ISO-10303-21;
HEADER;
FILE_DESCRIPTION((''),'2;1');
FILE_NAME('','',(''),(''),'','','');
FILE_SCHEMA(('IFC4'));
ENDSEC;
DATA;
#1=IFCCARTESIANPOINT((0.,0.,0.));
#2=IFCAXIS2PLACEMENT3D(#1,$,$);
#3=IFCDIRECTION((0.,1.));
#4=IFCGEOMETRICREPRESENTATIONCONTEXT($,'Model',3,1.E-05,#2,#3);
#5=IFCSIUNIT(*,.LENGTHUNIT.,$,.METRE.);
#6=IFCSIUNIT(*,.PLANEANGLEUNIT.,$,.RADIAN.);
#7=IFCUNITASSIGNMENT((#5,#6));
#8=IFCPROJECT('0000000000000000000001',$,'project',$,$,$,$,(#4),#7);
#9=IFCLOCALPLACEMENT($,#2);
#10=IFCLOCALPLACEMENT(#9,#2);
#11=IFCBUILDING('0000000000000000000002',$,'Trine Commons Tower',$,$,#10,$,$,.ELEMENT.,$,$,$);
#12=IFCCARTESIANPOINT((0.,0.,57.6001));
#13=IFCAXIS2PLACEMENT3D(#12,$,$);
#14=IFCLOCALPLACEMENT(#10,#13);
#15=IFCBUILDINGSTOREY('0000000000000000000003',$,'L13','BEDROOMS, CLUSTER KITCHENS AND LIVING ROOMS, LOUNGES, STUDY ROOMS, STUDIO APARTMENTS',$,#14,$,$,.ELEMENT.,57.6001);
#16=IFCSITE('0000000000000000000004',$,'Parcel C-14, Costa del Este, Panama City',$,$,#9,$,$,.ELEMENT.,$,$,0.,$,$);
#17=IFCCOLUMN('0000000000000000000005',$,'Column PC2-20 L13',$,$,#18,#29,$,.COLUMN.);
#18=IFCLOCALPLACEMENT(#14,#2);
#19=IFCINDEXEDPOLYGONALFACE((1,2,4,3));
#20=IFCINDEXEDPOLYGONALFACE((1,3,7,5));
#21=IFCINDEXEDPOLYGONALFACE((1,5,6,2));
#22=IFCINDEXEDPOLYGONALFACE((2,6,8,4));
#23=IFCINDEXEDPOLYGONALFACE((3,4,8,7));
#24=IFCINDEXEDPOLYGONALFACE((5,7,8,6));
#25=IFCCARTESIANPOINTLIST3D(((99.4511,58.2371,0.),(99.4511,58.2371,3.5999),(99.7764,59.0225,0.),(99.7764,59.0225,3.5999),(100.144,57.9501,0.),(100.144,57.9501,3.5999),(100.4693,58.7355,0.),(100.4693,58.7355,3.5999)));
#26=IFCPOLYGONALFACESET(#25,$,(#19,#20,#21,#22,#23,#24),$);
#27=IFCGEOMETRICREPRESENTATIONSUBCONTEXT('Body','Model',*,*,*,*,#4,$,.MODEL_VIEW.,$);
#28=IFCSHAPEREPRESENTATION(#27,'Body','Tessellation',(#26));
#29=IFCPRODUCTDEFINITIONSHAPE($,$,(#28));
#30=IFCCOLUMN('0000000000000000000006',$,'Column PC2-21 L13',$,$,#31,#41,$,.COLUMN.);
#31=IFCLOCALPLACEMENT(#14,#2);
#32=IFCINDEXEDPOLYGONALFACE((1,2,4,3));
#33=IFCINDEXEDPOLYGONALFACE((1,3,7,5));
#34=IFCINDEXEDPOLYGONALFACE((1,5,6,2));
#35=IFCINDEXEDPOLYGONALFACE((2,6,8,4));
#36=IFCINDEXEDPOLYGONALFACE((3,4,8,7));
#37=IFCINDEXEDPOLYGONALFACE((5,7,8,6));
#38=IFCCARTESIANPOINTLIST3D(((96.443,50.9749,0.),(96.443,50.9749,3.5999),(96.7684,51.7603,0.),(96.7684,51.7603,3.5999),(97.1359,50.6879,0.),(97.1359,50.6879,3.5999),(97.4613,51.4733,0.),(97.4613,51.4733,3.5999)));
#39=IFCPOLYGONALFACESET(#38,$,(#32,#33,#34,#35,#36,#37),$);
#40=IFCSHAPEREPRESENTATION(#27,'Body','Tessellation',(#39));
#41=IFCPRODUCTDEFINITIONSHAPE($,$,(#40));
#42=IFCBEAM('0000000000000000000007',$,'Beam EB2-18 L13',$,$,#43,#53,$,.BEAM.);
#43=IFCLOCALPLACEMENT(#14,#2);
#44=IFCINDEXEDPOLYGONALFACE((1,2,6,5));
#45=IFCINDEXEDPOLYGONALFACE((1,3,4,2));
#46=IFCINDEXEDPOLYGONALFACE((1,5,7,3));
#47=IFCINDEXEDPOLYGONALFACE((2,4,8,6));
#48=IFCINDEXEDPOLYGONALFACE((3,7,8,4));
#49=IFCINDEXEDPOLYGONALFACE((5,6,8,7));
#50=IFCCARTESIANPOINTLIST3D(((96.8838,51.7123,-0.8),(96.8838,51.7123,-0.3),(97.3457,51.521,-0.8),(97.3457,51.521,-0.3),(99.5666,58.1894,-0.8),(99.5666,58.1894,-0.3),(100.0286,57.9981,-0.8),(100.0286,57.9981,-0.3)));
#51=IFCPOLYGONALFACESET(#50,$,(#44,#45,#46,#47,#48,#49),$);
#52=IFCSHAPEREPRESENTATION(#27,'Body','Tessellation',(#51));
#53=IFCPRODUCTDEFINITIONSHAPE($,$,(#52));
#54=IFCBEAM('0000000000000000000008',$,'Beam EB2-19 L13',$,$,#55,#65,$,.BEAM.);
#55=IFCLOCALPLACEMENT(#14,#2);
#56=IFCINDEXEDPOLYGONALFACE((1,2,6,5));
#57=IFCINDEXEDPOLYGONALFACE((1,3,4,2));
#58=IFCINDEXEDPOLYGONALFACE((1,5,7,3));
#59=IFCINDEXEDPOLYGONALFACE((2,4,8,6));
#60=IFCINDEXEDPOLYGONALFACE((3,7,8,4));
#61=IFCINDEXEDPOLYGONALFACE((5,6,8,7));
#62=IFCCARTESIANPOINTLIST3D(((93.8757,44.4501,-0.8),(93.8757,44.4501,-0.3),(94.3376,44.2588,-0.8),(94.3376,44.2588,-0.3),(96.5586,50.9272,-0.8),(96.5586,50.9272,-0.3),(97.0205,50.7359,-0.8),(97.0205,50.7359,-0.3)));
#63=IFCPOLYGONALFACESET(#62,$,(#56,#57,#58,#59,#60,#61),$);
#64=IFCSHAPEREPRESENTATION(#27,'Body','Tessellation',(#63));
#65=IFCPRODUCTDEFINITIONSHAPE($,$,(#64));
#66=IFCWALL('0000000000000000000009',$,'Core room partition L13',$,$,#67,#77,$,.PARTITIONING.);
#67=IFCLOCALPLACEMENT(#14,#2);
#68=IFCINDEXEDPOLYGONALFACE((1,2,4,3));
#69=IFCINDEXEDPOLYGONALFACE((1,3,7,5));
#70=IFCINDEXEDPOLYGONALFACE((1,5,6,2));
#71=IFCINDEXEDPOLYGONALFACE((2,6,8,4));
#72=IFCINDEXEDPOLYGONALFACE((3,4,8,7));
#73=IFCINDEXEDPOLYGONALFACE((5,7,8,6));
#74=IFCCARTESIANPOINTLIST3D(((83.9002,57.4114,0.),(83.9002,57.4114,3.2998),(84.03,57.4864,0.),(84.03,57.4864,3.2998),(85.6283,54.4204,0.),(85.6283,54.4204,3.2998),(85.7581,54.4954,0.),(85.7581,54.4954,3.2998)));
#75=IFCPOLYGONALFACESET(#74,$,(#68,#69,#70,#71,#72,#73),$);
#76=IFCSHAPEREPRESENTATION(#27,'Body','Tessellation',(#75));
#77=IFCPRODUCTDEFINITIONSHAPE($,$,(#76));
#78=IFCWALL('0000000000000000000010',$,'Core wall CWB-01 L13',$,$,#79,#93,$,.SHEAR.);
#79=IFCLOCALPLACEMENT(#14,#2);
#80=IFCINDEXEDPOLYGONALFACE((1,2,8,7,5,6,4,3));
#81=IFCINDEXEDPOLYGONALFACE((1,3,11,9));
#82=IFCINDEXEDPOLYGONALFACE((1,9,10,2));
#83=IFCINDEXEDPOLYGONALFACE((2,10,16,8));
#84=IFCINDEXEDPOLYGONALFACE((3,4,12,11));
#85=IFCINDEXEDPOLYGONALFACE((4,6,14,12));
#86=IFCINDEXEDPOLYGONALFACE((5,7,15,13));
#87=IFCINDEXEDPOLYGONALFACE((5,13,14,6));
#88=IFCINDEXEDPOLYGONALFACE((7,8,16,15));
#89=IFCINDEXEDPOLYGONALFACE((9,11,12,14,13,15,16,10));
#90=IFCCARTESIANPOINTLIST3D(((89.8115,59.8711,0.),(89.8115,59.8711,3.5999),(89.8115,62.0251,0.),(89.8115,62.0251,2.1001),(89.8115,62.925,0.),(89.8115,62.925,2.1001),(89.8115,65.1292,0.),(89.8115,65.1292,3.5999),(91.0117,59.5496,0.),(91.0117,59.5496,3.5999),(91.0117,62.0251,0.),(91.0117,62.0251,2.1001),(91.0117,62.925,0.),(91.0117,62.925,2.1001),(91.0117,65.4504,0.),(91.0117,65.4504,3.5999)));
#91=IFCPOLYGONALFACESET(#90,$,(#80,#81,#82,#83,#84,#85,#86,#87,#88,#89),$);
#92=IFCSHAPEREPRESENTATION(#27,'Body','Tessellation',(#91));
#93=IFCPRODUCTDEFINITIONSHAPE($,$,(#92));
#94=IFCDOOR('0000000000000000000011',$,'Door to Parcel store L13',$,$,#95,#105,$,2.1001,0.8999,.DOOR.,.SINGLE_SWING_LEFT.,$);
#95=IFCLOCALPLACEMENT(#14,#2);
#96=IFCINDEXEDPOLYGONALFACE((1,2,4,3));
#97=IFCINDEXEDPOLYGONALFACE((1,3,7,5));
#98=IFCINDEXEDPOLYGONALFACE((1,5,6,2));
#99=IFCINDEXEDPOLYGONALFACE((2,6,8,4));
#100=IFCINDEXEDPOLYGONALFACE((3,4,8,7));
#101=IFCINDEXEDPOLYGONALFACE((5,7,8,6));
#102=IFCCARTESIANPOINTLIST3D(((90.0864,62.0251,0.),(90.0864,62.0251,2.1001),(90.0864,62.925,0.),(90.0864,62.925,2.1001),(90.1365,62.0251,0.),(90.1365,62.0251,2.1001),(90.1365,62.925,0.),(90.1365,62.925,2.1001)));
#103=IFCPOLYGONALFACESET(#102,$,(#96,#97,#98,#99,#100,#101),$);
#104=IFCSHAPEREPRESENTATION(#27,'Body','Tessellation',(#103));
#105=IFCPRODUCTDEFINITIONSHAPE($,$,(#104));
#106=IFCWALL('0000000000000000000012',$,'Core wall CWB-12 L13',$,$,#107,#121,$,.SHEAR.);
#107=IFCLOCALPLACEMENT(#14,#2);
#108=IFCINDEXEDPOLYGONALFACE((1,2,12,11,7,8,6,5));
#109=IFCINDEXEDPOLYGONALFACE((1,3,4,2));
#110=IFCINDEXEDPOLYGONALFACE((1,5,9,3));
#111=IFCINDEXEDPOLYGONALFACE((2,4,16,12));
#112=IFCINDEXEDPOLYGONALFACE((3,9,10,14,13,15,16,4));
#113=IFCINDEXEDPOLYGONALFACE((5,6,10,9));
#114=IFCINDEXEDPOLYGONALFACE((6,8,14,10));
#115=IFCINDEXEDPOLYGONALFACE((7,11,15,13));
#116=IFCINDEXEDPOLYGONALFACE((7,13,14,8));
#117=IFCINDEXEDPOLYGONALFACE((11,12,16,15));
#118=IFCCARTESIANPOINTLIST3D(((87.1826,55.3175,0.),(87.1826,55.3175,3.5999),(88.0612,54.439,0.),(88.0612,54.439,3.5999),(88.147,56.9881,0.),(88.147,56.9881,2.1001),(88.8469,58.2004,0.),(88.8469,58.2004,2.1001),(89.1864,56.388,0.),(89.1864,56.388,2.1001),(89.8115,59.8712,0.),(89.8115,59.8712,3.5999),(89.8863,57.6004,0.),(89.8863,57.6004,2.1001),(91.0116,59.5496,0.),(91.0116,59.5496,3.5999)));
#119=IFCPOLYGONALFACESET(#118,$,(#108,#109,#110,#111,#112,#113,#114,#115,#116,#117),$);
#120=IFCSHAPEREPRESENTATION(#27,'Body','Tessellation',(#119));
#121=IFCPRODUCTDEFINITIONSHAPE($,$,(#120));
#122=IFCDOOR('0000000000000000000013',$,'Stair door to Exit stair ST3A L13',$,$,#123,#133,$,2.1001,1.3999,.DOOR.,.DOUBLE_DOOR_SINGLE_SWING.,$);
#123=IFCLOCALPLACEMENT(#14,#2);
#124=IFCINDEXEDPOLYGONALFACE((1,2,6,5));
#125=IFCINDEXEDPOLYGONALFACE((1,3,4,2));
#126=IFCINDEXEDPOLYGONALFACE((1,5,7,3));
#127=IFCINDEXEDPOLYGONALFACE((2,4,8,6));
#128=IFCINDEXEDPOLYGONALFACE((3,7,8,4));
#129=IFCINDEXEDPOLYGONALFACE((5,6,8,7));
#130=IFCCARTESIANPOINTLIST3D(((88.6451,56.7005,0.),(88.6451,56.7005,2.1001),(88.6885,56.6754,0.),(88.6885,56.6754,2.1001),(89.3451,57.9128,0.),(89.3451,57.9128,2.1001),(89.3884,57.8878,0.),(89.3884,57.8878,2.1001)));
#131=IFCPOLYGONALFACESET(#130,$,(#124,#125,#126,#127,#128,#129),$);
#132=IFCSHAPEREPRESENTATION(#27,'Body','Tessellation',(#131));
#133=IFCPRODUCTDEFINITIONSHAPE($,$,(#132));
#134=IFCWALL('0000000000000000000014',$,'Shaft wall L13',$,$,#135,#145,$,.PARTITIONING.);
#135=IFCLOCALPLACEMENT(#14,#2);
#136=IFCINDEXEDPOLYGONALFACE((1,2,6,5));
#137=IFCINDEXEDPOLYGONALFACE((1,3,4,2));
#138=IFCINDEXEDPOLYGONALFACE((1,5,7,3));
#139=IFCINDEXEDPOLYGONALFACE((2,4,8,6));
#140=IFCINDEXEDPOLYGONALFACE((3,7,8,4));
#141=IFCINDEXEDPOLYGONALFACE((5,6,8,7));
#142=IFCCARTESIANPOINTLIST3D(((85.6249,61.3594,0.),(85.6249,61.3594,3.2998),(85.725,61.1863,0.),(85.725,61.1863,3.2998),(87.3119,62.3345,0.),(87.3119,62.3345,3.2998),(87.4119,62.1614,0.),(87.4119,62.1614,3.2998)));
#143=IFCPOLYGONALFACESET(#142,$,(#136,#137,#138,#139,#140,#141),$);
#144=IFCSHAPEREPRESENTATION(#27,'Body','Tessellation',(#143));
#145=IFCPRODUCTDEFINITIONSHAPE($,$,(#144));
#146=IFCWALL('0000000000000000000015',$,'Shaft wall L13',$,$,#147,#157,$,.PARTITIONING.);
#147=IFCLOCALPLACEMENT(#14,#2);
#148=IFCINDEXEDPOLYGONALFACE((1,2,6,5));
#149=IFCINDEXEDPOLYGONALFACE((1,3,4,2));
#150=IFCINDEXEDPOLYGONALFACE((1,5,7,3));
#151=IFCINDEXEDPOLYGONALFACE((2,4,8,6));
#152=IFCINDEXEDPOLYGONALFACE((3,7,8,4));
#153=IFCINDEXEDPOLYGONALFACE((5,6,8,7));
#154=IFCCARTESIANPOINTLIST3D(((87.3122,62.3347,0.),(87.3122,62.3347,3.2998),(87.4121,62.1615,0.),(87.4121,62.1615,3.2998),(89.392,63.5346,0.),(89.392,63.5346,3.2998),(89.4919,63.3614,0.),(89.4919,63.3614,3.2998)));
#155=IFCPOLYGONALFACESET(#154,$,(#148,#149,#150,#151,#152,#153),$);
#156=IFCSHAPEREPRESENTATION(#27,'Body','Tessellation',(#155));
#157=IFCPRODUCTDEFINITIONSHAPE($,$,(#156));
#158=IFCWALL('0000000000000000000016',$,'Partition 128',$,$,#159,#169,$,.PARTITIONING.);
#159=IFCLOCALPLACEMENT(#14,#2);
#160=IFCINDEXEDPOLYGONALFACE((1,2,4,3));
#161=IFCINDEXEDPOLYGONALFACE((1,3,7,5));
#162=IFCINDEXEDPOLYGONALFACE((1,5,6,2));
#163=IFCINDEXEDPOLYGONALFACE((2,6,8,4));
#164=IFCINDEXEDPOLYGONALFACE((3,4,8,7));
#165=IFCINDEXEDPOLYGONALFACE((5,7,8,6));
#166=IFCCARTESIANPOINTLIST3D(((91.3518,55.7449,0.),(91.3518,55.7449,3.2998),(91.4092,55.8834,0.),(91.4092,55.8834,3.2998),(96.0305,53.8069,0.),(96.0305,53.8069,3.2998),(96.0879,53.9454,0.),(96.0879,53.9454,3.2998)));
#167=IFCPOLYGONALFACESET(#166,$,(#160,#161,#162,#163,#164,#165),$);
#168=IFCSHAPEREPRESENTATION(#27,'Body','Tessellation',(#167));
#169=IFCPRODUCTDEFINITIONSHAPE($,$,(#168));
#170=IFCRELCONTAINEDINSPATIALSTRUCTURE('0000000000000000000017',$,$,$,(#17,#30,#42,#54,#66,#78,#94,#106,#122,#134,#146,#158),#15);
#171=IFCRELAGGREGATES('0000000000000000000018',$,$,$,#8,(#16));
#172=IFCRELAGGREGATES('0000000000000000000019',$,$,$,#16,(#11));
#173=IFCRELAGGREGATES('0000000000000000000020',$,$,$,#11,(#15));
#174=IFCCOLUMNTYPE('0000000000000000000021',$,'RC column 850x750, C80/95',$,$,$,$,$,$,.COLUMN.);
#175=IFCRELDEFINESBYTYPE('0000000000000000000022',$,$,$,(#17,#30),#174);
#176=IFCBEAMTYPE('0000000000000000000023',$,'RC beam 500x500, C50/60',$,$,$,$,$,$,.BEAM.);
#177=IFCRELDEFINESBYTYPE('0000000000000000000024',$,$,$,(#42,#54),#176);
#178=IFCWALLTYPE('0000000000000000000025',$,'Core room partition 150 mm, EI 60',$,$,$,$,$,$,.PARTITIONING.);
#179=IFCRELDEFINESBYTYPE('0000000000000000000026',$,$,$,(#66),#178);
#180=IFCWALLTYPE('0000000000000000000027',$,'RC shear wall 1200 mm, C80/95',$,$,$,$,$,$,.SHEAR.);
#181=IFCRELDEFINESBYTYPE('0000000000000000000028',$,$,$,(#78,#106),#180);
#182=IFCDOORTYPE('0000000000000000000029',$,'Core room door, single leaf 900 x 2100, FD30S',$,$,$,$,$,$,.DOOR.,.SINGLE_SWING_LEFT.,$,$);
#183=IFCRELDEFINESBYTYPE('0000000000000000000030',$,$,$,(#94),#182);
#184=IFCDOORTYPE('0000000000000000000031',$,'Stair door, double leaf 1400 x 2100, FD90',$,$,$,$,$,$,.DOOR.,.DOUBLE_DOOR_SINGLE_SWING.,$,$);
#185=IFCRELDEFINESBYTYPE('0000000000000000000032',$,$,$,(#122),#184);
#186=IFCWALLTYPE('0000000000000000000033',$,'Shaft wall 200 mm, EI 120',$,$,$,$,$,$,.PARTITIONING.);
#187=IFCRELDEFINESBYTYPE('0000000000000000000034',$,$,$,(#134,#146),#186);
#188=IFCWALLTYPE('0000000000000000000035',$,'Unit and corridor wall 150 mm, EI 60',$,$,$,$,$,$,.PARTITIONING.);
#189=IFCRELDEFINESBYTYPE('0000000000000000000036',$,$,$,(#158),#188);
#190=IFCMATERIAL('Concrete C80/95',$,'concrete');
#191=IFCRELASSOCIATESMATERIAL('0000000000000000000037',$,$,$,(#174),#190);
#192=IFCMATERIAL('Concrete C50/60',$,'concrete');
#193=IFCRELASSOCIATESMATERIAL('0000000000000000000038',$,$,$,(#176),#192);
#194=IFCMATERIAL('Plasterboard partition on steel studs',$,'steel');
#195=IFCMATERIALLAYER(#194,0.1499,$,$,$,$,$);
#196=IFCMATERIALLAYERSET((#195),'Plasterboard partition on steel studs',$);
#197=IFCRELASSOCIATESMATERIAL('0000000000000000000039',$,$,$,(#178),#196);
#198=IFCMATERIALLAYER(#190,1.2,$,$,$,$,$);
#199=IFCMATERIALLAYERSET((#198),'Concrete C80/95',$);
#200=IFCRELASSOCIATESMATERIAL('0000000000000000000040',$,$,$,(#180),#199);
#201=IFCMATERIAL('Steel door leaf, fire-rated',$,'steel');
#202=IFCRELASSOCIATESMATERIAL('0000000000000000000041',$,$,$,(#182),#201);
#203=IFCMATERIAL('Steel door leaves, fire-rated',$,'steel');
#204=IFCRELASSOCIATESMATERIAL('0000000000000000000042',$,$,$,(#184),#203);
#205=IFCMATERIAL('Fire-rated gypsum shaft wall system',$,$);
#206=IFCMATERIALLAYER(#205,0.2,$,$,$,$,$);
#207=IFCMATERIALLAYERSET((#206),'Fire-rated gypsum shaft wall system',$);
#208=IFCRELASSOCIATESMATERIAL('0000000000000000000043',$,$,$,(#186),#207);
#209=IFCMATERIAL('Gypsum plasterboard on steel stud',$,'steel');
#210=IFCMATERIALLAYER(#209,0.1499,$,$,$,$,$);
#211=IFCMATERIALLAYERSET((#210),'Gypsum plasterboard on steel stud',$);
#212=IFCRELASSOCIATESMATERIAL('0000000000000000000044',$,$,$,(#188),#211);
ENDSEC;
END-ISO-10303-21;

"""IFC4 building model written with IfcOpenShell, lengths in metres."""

from ifc_helpers import new_model, si_unit, direction, frame, frame_2d, origin, origin_2d, place, context, subcontext, project, spatial, polyline, rectangle, outline, extrude, material, layer, layer_set, material_profile, profile_set, type_object, element, fill, save


model = new_model("IFC4")

# Units and contexts
model_context = context("Model", 3, precision=1e-05, world=origin(), true_north=direction((0.0, 1.0)))
body_context = subcontext(model_context, "Body", "Model", "MODEL_VIEW")
ifc_project = project(units=[si_unit("LENGTHUNIT", "METRE"), si_unit("PLANEANGLEUNIT", "RADIAN")], contexts=[model_context])

# Site, building, storey
site_placement = place(None, origin())
site = spatial("IfcSite", under=ifc_project, at=site_placement, Name="Parcel C-14, Costa del Este, Panama City", CompositionType="ELEMENT", RefElevation=0.0)
building_placement = place(site_placement, origin())
building = spatial("IfcBuilding", under=site, at=building_placement, Name="Trine Commons Tower", CompositionType="ELEMENT")
storey_placement = place(building_placement, frame((0.0, 0.0, 57.6001)))
storey = spatial("IfcBuildingStorey", under=building, at=storey_placement, Name="L13", Description="BEDROOMS, CLUSTER KITCHENS AND LIVING ROOMS, LOUNGES, STUDY ROOMS, STUDIO APARTMENTS", CompositionType="ELEMENT", Elevation=57.6001)

# Columns
ifc_material_1 = material(Name="Concrete C80/95", Category="concrete")
ifc_material_profile_1 = material_profile(ifc_material_1, rectangle(XDim=0.8501, YDim=0.75, at=origin_2d()), Name="RC 850x750")
ifc_profile_set_1 = profile_set([ifc_material_profile_1], Name="Concrete C80/95")
column_type = type_object("IfcColumnType", Name="RC column 850x750, C80/95", PredefinedType="COLUMN", material=ifc_profile_set_1)
for number, where, z_axis, x_axis, name in (
    (1, (99.9602, 58.4863, 0.0), (0.0, 0.0, 1.0), (0.382683, 0.92388, 0.0), "Column PC2-20 L13"),
    (2, (96.9521, 51.2241, 0.0), (0.0, 0.0, 1.0), (0.382683, 0.92388, 0.0), "Column PC2-21 L13"),
):
    element("IfcColumn", number, at=place(storey_placement, frame(where, z_axis=z_axis, x_axis=x_axis)), inside=storey, type_object=column_type, Name=name, PredefinedType="COLUMN", context=body_context, shape_type="SweptSolid", body=[
        extrude(rectangle(XDim=0.8501, YDim=0.75, at=origin_2d()), origin(), (0.0, 0.0, 1.0), 3.5999),
    ])

# Beams
ifc_material_2 = material(Name="Concrete C50/60", Category="concrete")
ifc_material_profile_2 = material_profile(ifc_material_2, rectangle(XDim=0.5, YDim=0.5, at=origin_2d()), Name="RC 500x500")
ifc_profile_set_2 = profile_set([ifc_material_profile_2], Name="Concrete C50/60")
beam_type = type_object("IfcBeamType", Name="RC beam 500x500, C50/60", PredefinedType="BEAM", material=ifc_profile_set_2)
for number, where, z_axis, x_axis, name in (
    (3, (99.7976, 58.0938, -0.55), (-0.382681, -0.923881, 0.0), (0.923881, -0.382681, 0.0), "Beam EB2-18 L13"),
    (4, (96.7896, 50.8315, -0.55), (-0.382681, -0.923881, 0.0), (0.923881, -0.382681, 0.0), "Beam EB2-19 L13"),
):
    element("IfcBeam", number, at=place(storey_placement, frame(where, z_axis=z_axis, x_axis=x_axis)), inside=storey, type_object=beam_type, Name=name, PredefinedType="BEAM", context=body_context, shape_type="SweptSolid", body=[
        extrude(rectangle(XDim=0.5, YDim=0.5, at=origin_2d()), origin(), (0.0, 0.0, 1.0), 7.0107),
    ])

# Wall
ifc_material_3 = material(Name="Plasterboard partition on steel studs", Category="steel")
ifc_layer_1 = layer(ifc_material_3, 0.1499)
ifc_layer_set_1 = layer_set([ifc_layer_1], Name="Plasterboard partition on steel studs")
wall_type_1 = type_object("IfcWallType", Name="Core room partition 150 mm, EI 60", PredefinedType="PARTITIONING", material=ifc_layer_set_1)
wall_1_placement = place(storey_placement, frame((85.6931, 54.458, 0.0), z_axis=(0.0, 0.0, 1.0), x_axis=(-0.500259, 0.865876, 0.0)))
element("IfcWall", 5, at=wall_1_placement, inside=storey, type_object=wall_type_1, Name="Core room partition L13", PredefinedType="PARTITIONING", context=body_context, shape_type="SweptSolid", body=[
    extrude(rectangle(XDim=3.4543, YDim=0.1499, at=frame_2d((1.7271, 0.0))), origin(), (0.0, 0.0, 1.0), 3.2998),
])

# Walls, openings, doors
ifc_layer_2 = layer(ifc_material_1, 1.2)
ifc_layer_set_2 = layer_set([ifc_layer_2], Name="Concrete C80/95")
wall_type_2 = type_object("IfcWallType", Name="RC shear wall 1200 mm, C80/95", PredefinedType="SHEAR", material=ifc_layer_set_2)
wall_2_placement = place(storey_placement, frame((90.4116, 59.5496, 0.0), z_axis=(0.0, 0.0, 1.0), x_axis=(0.0, 1.0, 0.0)))
wall_2 = element("IfcWall", 6, at=wall_2_placement, inside=storey, type_object=wall_type_2, Name="Core wall CWB-01 L13", PredefinedType="SHEAR", context=body_context, shape_type="SweptSolid", body=[
    extrude(outline(polyline([(0.0, -0.6001), (5.9009, -0.6001), (5.5796, 0.6001), (0.3215, 0.6001), (0.0, -0.6001)])), origin(), (0.0, 0.0, 1.0), 3.5999),
])
opening_1_placement = place(wall_2_placement, frame((2.4756, 0.0, 0.0)))
opening_1 = element("IfcOpeningElement", 7, at=opening_1_placement, cuts=wall_2, PredefinedType="OPENING", context=body_context, shape_type="SweptSolid", body=[
    extrude(rectangle(XDim=0.8999, YDim=2.1001, at=frame_2d((0.45, 1.05))), frame((0.0, 0.6099, 0.0), z_axis=(0.0, -1.0, 0.0), x_axis=(1.0, 0.0, 0.0)), (0.0, 0.0, 1.0), 1.22),
])
ifc_material_4 = material(Name="Steel door leaf, fire-rated", Category="steel")
door_type_1 = type_object("IfcDoorType", Name="Core room door, single leaf 900 x 2100, FD30S", OperationType="SINGLE_SWING_LEFT", PredefinedType="DOOR", material=ifc_material_4)
door_1_placement = place(opening_1_placement, origin())
door_1 = element("IfcDoor", 8, at=door_1_placement, inside=storey, type_object=door_type_1, Name="Door to Parcel store L13", OperationType="SINGLE_SWING_LEFT", OverallHeight=2.1001, OverallWidth=0.8999, PredefinedType="DOOR", context=body_context, shape_type="SweptSolid", body=[
    extrude(rectangle(XDim=0.8999, YDim=2.1001, at=frame_2d((0.45, 1.05))), frame((0.0, 0.3252, 0.0), z_axis=(0.0, -1.0, 0.0), x_axis=(1.0, 0.0, 0.0)), (0.0, 0.0, 1.0), 0.05),
])
fill(opening_1, door_1)
wall_3_placement = place(storey_placement, frame((87.5415, 54.739, 0.0), z_axis=(0.0, 0.0, 1.0), x_axis=(0.499979, 0.866037, 0.0)))
wall_3 = element("IfcWall", 9, at=wall_3_placement, inside=storey, type_object=wall_type_2, Name="Core wall CWB-12 L13", PredefinedType="SHEAR", context=body_context, shape_type="SweptSolid", body=[
    extrude(outline(polyline([(0.0, -0.6001), (5.9011, -0.6001), (5.5796, 0.6001), (0.3215, 0.6001), (0.0, -0.6001)])), origin(), (0.0, 0.0, 1.0), 3.5999),
])
opening_2_placement = place(wall_3_placement, frame((2.2505, 0.0, 0.0)))
opening_2 = element("IfcOpeningElement", 10, at=opening_2_placement, cuts=wall_3, PredefinedType="OPENING", context=body_context, shape_type="SweptSolid", body=[
    extrude(rectangle(XDim=1.3999, YDim=2.1001, at=frame_2d((0.7, 1.05))), frame((0.0, 0.6099, 0.0), z_axis=(0.0, -1.0, 0.0), x_axis=(1.0, 0.0, 0.0)), (0.0, 0.0, 1.0), 1.22),
])
ifc_material_5 = material(Name="Steel door leaves, fire-rated", Category="steel")
door_type_2 = type_object("IfcDoorType", Name="Stair door, double leaf 1400 x 2100, FD90", OperationType="DOUBLE_DOOR_SINGLE_SWING", PredefinedType="DOOR", material=ifc_material_5)
door_2_placement = place(opening_2_placement, origin())
door_2 = element("IfcDoor", 11, at=door_2_placement, inside=storey, type_object=door_type_2, Name="Stair door to Exit stair ST3A L13", OperationType="DOUBLE_DOOR_SINGLE_SWING", OverallHeight=2.1001, OverallWidth=1.3999, PredefinedType="DOOR", context=body_context, shape_type="SweptSolid", body=[
    extrude(rectangle(XDim=1.3999, YDim=2.1001, at=frame_2d((0.7, 1.05))), frame((0.0, 0.0249, 0.0), z_axis=(0.0, -1.0, 0.0), x_axis=(1.0, 0.0, 0.0)), (0.0, 0.0, 1.0), 0.05),
])
fill(opening_2, door_2)

# Walls
ifc_material_6 = material(Name="Fire-rated gypsum shaft wall system")
ifc_layer_3 = layer(ifc_material_6, 0.2)
ifc_layer_set_3 = layer_set([ifc_layer_3], Name="Fire-rated gypsum shaft wall system")
wall_type_3 = type_object("IfcWallType", Name="Shaft wall 200 mm, EI 120", PredefinedType="PARTITIONING", material=ifc_layer_set_3)
wall_4_placement = place(storey_placement, frame((85.675, 61.2729, 0.0), z_axis=(0.0, 0.0, 1.0), x_axis=(0.865781, 0.500424, 0.0)))
element("IfcWall", 12, at=wall_4_placement, inside=storey, type_object=wall_type_3, Name="Shaft wall L13", PredefinedType="PARTITIONING", context=body_context, shape_type="SweptSolid", body=[
    extrude(rectangle(XDim=1.9485, YDim=0.2, at=frame_2d((0.9741, 0.0))), origin(), (0.0, 0.0, 1.0), 3.2998),
])
wall_5_placement = place(storey_placement, frame((87.3621, 62.248, 0.0), z_axis=(0.0, 0.0, 1.0), x_axis=(0.866177, 0.499737, 0.0)))
element("IfcWall", 13, at=wall_5_placement, inside=storey, type_object=wall_type_3, Name="Shaft wall L13", PredefinedType="PARTITIONING", context=body_context, shape_type="SweptSolid", body=[
    extrude(rectangle(XDim=2.4011, YDim=0.2, at=frame_2d((1.2007, 0.0))), origin(), (0.0, 0.0, 1.0), 3.2998),
])
ifc_material_7 = material(Name="Gypsum plasterboard on steel stud", Category="steel")
ifc_layer_4 = layer(ifc_material_7, 0.1499)
ifc_layer_set_4 = layer_set([ifc_layer_4], Name="Gypsum plasterboard on steel stud")
wall_type_4 = type_object("IfcWallType", Name="Unit and corridor wall 150 mm, EI 60", PredefinedType="PARTITIONING", material=ifc_layer_set_4)
wall_6_placement = place(storey_placement, frame((91.3804, 55.8142, 0.0), z_axis=(0.0, 0.0, 1.0), x_axis=(0.923879, -0.382684, 0.0)))
element("IfcWall", 14, at=wall_6_placement, inside=storey, type_object=wall_type_4, Name="Partition 128", PredefinedType="PARTITIONING", context=body_context, shape_type="SweptSolid", body=[
    extrude(rectangle(XDim=5.0642, YDim=0.1499, at=frame_2d((2.5322, 0.0))), origin(), (0.0, 0.0, 1.0), 3.2998),
])

save(model, "model.ifc")
